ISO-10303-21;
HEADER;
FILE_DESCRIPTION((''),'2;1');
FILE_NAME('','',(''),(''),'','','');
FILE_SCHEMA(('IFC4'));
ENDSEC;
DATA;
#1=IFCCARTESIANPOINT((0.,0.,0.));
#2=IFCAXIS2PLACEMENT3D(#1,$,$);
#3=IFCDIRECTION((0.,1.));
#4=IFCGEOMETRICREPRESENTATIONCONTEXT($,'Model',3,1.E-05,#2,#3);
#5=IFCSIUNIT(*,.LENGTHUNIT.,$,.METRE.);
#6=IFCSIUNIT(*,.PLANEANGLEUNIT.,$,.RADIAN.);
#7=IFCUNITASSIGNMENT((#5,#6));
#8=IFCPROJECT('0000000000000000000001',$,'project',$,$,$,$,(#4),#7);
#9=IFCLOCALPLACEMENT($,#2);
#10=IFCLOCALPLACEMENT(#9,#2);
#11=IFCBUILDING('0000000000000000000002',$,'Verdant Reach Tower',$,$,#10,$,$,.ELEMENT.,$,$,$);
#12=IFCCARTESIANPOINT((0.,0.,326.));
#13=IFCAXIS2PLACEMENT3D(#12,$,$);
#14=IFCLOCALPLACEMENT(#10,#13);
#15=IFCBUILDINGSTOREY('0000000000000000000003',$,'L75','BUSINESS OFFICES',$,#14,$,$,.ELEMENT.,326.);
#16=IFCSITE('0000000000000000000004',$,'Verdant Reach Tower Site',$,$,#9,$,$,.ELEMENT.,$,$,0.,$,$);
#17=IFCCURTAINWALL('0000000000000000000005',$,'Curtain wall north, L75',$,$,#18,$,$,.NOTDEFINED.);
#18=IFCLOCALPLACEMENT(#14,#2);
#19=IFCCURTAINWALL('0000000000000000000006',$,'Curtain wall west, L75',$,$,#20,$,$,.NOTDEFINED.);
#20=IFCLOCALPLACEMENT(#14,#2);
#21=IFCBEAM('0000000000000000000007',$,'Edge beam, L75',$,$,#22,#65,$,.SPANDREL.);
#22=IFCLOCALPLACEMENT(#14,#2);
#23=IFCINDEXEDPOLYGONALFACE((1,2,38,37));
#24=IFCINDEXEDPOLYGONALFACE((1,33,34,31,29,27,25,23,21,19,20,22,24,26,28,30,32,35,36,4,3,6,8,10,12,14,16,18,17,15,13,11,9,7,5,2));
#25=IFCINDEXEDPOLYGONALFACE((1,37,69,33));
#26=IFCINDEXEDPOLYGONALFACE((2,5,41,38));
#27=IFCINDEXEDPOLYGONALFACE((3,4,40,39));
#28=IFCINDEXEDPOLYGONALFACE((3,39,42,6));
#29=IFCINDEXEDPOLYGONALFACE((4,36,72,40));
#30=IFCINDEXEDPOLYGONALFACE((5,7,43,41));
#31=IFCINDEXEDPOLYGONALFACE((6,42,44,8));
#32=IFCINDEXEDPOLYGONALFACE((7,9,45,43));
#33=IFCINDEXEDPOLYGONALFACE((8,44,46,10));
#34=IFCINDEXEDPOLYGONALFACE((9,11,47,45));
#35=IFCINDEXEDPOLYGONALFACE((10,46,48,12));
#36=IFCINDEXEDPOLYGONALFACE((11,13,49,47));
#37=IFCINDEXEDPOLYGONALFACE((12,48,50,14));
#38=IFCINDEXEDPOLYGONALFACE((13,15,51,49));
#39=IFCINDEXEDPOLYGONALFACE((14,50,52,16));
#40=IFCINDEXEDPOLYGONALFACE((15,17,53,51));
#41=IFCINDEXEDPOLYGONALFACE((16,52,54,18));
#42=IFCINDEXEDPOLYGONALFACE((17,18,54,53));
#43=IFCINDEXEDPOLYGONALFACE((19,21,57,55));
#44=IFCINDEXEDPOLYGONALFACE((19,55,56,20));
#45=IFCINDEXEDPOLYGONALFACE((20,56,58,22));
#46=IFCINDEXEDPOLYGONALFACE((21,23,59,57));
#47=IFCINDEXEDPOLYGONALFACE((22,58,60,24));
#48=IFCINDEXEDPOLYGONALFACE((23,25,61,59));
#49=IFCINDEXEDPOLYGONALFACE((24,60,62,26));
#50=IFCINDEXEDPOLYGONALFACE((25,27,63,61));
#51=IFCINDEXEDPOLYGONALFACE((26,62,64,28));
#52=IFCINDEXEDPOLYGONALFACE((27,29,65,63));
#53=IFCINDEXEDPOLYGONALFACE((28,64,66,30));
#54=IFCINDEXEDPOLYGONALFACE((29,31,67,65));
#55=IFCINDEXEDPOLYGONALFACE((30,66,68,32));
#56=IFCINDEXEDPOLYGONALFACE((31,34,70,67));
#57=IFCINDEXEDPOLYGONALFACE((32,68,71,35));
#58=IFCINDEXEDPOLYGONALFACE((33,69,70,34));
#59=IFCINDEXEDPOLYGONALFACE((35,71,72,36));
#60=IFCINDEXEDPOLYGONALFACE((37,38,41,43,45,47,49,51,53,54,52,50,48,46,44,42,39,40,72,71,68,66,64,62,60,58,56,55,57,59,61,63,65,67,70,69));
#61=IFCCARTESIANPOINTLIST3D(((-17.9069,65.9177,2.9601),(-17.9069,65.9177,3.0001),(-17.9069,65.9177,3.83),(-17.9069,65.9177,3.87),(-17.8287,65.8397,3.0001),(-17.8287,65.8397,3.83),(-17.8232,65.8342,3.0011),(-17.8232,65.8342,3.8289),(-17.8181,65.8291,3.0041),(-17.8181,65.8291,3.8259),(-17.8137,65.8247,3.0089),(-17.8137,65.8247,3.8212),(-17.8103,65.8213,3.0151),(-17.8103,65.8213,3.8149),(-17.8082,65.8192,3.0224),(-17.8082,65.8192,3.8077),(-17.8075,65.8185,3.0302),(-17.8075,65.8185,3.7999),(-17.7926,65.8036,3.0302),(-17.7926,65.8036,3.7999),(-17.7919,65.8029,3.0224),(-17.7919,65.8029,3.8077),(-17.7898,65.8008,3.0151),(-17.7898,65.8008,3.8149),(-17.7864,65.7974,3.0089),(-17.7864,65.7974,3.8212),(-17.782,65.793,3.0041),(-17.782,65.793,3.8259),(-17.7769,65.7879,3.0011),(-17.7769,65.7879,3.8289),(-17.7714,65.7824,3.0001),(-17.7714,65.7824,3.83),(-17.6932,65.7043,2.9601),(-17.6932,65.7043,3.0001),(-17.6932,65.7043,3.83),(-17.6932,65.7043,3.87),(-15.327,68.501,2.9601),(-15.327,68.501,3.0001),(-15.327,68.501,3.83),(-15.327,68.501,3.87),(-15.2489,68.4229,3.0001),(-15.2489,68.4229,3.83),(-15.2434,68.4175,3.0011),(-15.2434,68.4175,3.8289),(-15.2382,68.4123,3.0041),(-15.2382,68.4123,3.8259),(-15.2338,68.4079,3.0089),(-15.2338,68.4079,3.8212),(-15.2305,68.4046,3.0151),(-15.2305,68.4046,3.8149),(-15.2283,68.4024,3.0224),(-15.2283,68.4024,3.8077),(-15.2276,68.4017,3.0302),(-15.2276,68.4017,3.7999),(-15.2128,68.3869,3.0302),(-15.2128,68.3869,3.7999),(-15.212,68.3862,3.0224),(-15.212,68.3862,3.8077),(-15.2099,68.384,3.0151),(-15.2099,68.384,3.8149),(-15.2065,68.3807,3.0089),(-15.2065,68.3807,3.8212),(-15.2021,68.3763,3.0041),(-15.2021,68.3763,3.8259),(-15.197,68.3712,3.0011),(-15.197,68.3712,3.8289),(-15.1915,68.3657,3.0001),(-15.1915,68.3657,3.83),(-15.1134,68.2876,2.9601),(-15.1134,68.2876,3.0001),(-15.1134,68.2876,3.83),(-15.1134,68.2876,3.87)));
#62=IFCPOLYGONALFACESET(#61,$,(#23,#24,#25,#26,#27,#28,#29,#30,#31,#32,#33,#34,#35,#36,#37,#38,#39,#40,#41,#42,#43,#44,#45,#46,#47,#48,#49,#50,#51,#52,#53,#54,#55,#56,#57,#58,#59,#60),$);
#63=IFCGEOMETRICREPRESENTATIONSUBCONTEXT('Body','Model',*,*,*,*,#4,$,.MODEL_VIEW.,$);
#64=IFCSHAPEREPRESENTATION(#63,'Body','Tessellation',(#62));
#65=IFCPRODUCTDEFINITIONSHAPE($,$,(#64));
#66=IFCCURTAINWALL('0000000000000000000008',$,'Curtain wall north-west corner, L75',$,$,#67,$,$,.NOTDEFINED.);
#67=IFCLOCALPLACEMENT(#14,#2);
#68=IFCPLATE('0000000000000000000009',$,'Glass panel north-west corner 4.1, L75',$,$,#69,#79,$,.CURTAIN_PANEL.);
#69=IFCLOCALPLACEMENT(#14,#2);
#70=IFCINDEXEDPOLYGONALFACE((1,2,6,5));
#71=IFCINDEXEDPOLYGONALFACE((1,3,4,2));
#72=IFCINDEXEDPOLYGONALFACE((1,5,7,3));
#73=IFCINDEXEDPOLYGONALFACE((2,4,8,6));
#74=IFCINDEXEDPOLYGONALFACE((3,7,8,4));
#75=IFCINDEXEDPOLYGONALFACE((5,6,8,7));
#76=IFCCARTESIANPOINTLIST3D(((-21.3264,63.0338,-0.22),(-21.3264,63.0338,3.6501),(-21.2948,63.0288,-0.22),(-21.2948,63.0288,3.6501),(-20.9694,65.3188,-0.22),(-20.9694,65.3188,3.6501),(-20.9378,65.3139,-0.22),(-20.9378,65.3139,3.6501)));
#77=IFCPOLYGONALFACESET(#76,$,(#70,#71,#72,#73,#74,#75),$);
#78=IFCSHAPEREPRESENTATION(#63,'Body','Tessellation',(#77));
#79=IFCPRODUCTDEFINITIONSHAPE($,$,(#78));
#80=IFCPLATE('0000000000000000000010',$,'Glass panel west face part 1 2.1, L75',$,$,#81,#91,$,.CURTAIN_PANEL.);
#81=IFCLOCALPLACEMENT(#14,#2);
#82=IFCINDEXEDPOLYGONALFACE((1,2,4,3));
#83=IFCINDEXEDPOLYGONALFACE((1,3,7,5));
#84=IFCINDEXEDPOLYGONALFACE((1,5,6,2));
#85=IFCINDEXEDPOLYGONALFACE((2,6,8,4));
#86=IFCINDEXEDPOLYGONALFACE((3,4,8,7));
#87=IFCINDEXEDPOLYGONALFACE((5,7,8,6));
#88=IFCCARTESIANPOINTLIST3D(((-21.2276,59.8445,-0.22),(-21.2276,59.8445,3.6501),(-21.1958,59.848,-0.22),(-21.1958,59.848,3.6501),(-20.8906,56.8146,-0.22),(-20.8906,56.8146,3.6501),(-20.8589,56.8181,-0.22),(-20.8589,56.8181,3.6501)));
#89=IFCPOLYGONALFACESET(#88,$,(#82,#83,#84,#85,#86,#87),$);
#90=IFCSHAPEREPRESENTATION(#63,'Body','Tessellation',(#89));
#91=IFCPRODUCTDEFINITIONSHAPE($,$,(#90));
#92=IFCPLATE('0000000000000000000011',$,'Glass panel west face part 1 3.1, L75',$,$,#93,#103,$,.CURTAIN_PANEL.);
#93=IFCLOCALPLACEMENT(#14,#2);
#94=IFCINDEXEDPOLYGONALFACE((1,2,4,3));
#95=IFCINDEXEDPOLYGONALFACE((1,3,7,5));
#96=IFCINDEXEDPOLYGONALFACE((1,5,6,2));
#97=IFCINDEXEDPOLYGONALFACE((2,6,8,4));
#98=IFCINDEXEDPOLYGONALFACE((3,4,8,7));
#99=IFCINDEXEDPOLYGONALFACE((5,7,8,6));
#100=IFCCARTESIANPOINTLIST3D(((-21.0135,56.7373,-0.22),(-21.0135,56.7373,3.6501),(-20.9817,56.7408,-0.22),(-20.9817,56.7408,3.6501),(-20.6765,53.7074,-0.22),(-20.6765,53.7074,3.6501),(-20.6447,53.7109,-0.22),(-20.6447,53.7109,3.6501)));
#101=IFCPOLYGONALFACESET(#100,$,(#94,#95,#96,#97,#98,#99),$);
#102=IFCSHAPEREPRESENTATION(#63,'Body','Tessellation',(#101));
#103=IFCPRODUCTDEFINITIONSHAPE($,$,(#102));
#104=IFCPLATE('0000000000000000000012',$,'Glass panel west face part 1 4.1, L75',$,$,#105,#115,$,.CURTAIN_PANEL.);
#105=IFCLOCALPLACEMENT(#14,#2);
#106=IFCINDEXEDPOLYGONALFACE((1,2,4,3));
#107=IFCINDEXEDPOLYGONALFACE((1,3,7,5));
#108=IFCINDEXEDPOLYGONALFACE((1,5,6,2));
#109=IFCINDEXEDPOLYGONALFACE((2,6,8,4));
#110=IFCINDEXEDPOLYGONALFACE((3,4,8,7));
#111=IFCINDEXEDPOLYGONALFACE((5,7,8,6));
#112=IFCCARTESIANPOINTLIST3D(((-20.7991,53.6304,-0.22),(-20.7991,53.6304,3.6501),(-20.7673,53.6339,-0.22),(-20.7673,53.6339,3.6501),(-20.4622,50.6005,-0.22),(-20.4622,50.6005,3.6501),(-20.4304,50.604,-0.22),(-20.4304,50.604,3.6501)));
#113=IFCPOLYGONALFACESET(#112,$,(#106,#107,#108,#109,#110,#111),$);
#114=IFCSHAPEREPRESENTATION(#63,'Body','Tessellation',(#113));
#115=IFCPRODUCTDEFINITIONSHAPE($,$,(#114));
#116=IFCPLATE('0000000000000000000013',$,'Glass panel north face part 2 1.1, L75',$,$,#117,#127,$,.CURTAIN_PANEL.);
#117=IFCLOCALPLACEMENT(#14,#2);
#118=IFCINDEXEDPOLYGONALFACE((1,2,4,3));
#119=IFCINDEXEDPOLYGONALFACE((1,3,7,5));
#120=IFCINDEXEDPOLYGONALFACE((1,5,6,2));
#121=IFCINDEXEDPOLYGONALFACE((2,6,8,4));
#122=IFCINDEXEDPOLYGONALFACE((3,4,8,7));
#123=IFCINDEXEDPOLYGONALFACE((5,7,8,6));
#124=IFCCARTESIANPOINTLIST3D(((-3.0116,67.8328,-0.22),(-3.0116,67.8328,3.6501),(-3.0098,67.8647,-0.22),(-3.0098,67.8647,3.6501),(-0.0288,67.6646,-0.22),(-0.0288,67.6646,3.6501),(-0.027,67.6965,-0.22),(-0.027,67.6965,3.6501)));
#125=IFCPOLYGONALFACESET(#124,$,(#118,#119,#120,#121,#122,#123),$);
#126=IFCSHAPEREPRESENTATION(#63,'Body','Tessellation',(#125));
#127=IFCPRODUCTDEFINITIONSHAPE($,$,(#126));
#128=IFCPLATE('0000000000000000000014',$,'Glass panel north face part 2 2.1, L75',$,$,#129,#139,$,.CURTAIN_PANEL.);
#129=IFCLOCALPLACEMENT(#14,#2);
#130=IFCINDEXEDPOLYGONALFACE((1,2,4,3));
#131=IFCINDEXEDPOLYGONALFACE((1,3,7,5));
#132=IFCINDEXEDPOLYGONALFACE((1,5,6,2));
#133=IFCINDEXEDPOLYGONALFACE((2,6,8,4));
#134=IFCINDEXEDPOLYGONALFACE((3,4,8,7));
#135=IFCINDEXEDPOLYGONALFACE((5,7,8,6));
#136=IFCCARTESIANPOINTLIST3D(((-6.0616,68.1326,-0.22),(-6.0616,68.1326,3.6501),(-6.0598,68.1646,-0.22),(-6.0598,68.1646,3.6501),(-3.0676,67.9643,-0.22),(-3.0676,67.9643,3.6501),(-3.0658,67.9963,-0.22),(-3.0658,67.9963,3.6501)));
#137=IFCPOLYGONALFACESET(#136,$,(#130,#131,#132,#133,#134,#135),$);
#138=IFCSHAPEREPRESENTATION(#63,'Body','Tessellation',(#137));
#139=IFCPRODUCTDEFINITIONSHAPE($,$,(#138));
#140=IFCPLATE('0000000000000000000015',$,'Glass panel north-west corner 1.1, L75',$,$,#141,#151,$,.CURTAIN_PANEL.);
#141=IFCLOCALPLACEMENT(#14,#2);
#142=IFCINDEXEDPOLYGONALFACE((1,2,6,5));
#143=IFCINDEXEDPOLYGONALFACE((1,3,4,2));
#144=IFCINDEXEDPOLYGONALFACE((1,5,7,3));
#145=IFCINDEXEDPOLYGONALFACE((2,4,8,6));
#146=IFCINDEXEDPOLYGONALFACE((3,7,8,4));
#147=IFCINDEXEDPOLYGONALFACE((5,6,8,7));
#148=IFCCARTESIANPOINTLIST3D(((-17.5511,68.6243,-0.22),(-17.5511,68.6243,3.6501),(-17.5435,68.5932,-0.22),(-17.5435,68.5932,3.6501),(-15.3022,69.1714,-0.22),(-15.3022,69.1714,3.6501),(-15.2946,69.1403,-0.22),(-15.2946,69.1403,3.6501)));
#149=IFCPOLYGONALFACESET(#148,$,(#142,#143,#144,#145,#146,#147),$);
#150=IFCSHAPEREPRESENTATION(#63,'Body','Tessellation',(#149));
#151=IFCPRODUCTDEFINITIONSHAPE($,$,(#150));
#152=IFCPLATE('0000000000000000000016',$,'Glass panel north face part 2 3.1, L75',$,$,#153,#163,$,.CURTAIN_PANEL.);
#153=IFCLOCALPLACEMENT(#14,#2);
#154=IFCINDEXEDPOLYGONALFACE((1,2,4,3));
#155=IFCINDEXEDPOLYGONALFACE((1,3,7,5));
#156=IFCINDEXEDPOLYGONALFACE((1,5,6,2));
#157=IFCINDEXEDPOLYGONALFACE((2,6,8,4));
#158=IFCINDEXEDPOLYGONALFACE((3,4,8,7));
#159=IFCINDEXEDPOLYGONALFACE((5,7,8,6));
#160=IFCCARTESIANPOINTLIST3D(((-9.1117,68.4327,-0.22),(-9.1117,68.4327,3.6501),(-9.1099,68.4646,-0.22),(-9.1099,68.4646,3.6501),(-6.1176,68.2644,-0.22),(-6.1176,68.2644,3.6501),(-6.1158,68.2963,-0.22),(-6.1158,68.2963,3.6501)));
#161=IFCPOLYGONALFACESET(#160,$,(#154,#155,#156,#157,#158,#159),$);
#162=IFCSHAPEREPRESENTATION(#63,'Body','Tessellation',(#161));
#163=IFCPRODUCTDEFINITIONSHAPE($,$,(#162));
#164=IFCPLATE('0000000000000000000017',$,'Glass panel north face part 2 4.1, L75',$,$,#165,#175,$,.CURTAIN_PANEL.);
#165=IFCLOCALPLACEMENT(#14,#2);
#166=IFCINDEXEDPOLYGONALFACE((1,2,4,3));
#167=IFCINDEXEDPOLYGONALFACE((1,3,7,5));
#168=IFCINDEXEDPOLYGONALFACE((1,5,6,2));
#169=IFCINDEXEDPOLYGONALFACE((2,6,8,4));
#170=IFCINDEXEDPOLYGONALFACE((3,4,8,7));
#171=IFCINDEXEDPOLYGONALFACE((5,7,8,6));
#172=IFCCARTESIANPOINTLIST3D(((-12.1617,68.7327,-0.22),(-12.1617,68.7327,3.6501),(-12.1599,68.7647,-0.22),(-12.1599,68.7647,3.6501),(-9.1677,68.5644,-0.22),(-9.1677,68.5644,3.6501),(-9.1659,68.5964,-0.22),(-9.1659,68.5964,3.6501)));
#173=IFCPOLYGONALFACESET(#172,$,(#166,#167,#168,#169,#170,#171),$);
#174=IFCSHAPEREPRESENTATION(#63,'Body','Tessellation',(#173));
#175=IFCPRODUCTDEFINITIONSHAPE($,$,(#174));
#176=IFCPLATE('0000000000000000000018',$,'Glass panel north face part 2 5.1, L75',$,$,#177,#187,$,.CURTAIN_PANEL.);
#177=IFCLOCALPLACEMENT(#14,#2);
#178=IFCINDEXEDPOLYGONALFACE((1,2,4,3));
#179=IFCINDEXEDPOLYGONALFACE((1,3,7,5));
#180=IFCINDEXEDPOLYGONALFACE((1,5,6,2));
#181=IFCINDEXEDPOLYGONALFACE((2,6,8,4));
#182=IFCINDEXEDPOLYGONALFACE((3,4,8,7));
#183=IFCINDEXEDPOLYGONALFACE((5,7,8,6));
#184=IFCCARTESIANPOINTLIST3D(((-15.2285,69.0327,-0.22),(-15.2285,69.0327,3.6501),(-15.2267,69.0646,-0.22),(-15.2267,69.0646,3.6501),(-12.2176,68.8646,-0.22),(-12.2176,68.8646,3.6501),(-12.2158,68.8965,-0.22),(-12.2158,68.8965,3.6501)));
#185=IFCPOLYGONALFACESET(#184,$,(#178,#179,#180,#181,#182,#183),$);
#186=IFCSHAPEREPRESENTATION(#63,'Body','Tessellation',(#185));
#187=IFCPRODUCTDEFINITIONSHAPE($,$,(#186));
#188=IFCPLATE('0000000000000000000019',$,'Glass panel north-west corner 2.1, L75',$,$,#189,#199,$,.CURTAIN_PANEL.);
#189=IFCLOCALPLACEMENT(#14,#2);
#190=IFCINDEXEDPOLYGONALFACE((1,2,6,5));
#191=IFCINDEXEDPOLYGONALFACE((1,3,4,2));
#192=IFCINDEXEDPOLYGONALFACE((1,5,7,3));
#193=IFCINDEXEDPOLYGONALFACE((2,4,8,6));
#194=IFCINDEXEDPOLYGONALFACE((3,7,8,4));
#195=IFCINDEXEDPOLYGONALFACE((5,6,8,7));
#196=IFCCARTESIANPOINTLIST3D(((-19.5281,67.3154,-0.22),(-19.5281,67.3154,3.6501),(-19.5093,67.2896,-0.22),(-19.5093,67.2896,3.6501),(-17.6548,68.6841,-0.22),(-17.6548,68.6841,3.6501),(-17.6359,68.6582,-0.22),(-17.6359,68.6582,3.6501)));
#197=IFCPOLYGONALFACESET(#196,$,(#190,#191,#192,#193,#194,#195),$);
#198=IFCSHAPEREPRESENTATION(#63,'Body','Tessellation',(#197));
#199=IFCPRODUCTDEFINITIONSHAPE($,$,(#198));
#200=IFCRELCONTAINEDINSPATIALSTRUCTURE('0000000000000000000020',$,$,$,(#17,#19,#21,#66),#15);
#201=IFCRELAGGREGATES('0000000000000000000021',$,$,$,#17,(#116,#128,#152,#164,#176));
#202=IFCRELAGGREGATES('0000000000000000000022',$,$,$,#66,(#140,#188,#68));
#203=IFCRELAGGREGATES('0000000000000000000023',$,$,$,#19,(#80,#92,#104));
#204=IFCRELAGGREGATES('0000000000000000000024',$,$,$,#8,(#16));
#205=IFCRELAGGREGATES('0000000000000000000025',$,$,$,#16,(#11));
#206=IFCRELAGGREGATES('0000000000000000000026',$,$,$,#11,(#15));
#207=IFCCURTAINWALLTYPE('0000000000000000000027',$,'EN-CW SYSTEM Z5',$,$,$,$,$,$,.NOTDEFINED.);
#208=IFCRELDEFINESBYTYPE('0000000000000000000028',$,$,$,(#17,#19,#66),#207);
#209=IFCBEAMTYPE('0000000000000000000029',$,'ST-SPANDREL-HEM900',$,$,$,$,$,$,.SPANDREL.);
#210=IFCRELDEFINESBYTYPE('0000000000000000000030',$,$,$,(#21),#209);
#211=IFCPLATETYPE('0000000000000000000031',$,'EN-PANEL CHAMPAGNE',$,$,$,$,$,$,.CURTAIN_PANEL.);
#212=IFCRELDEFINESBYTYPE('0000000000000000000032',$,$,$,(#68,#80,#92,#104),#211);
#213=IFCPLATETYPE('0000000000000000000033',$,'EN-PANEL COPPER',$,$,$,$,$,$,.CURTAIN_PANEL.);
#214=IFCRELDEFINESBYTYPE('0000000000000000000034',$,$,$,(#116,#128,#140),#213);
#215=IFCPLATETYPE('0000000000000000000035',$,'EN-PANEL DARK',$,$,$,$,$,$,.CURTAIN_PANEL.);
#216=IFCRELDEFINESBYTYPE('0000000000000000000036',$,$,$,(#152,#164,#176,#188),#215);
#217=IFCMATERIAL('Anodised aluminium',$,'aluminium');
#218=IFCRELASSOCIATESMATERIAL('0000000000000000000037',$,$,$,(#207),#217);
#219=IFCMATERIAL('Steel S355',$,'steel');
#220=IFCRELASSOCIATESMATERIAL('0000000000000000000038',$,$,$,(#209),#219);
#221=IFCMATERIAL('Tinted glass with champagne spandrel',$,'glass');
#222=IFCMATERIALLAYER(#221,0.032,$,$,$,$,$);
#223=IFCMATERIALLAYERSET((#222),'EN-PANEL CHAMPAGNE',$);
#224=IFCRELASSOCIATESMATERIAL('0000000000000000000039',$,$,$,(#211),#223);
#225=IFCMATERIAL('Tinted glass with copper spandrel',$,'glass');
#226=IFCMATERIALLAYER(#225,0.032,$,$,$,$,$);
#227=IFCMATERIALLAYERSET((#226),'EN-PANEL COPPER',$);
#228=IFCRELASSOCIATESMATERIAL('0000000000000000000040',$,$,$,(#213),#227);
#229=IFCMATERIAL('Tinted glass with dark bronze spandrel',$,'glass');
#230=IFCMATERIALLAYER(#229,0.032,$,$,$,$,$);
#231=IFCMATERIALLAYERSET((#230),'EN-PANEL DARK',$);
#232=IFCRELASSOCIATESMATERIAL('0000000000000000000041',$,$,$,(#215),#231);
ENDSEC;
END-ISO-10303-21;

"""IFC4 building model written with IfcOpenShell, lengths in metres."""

from ifc_helpers import new_model, si_unit, direction, frame, origin, origin_2d, place, context, subcontext, project, spatial, rectangle, i_section, extrude, material, layer, layer_set, material_profile, profile_set, type_object, element, aggregate, save


model = new_model("IFC4")

# Units and contexts
model_context = context("Model", 3, precision=1e-05, world=origin(), true_north=direction((0.0, 1.0)))
body_context = subcontext(model_context, "Body", "Model", "MODEL_VIEW")
ifc_project = project(units=[si_unit("LENGTHUNIT", "METRE"), si_unit("PLANEANGLEUNIT", "RADIAN")], contexts=[model_context])

# Site, building, storey
site_placement = place(None, origin())
site = spatial("IfcSite", under=ifc_project, at=site_placement, Name="Verdant Reach Tower Site", CompositionType="ELEMENT", RefElevation=0.0)
building_placement = place(site_placement, origin())
building = spatial("IfcBuilding", under=site, at=building_placement, Name="Verdant Reach Tower", CompositionType="ELEMENT")
storey_placement = place(building_placement, frame((0.0, 0.0, 326.0)))
storey = spatial("IfcBuildingStorey", under=building, at=storey_placement, Name="L75", Description="BUSINESS OFFICES", CompositionType="ELEMENT", Elevation=326.0)

# Curtain walls
ifc_material_1 = material(Name="Anodised aluminium", Category="aluminium")
curtain_wall_type = type_object("IfcCurtainWallType", Name="EN-CW SYSTEM Z5", PredefinedType="NOTDEFINED", material=ifc_material_1)
curtain_wall_1_placement = place(storey_placement, origin())
curtain_wall_1 = element("IfcCurtainWall", 1, at=curtain_wall_1_placement, inside=storey, type_object=curtain_wall_type, Name="Curtain wall north, L75", PredefinedType="NOTDEFINED")
curtain_wall_2_placement = place(storey_placement, origin())
curtain_wall_2 = element("IfcCurtainWall", 2, at=curtain_wall_2_placement, inside=storey, type_object=curtain_wall_type, Name="Curtain wall west, L75", PredefinedType="NOTDEFINED")

# Beam
ifc_material_2 = material(Name="Steel S355", Category="steel")
ifc_material_profile_1 = material_profile(ifc_material_2, i_section(OverallWidth=0.302, OverallDepth=0.9099, WebThickness=0.021, FlangeThickness=0.04, FilletRadius=0.03, at=origin_2d()), Name="HEM 900")
ifc_profile_set_1 = profile_set([ifc_material_profile_1], Name="Steel S355")
beam_type_1 = type_object("IfcBeamType", Name="ST-SPANDREL-HEM900", PredefinedType="SPANDREL", material=ifc_profile_set_1)
beam_1_placement = place(storey_placement, frame((-17.8, 65.811, 3.415), z_axis=(0.706639, 0.707575, 0.0), x_axis=(-0.707575, 0.706639, 0.0)))
element("IfcBeam", 3, at=beam_1_placement, inside=storey, type_object=beam_type_1, Name="Edge beam, L75", PredefinedType="SPANDREL", context=body_context, shape_type="SweptSolid", body=[
    extrude(i_section(OverallWidth=0.302, OverallDepth=0.9099, WebThickness=0.021, FlangeThickness=0.04, FilletRadius=0.03, at=origin_2d()), origin(), (0.0, 0.0, 1.0), 3.6509),
])

# Curtain wall, plate
curtain_wall_3_placement = place(storey_placement, origin())
curtain_wall_3 = element("IfcCurtainWall", 4, at=curtain_wall_3_placement, inside=storey, type_object=curtain_wall_type, Name="Curtain wall north-west corner, L75", PredefinedType="NOTDEFINED")
ifc_material_3 = material(Name="Tinted glass with champagne spandrel", Category="glass")
ifc_layer_1 = layer(ifc_material_3, 0.032)
ifc_layer_set_1 = layer_set([ifc_layer_1], Name="EN-PANEL CHAMPAGNE")
plate_type_1 = type_object("IfcPlateType", Name="EN-PANEL CHAMPAGNE", PredefinedType="CURTAIN_PANEL", material=ifc_layer_set_1)
plate_1_placement = place(storey_placement, frame((-21.1321, 64.1738, -0.22), z_axis=(0.0, 0.0, 1.0), x_axis=(-0.154337, -0.988018, 0.0)))
plate_1 = element("IfcPlate", 5, at=plate_1_placement, type_object=plate_type_1, Name="Glass panel north-west corner 4.1, L75", PredefinedType="CURTAIN_PANEL", context=body_context, shape_type="SweptSolid", body=[
    extrude(rectangle(XDim=2.3127, YDim=0.032, at=origin_2d()), origin(), (0.0, 0.0, 1.0), 3.8701),
])

# Plates
plate_2_placement = place(storey_placement, frame((-21.0432, 58.3313, -0.22), z_axis=(0.0, 0.0, 1.0), x_axis=(0.110518, -0.993874, 0.0)))
plate_2 = element("IfcPlate", 6, at=plate_2_placement, type_object=plate_type_1, Name="Glass panel west face part 1 2.1, L75", PredefinedType="CURTAIN_PANEL", context=body_context, shape_type="SweptSolid", body=[
    extrude(rectangle(XDim=3.0486, YDim=0.032, at=origin_2d()), origin(), (0.0, 0.0, 1.0), 3.8701),
])
plate_3_placement = place(storey_placement, frame((-20.8291, 55.2241, -0.22), z_axis=(0.0, 0.0, 1.0), x_axis=(0.110518, -0.993874, 0.0)))
plate_3 = element("IfcPlate", 7, at=plate_3_placement, type_object=plate_type_1, Name="Glass panel west face part 1 3.1, L75", PredefinedType="CURTAIN_PANEL", context=body_context, shape_type="SweptSolid", body=[
    extrude(rectangle(XDim=3.0486, YDim=0.032, at=origin_2d()), origin(), (0.0, 0.0, 1.0), 3.8701),
])
plate_4_placement = place(storey_placement, frame((-20.6147, 52.1172, -0.22), z_axis=(0.0, 0.0, 1.0), x_axis=(0.110518, -0.993874, 0.0)))
plate_4 = element("IfcPlate", 8, at=plate_4_placement, type_object=plate_type_1, Name="Glass panel west face part 1 4.1, L75", PredefinedType="CURTAIN_PANEL", context=body_context, shape_type="SweptSolid", body=[
    extrude(rectangle(XDim=3.0486, YDim=0.032, at=origin_2d()), origin(), (0.0, 0.0, 1.0), 3.8701),
])
ifc_material_4 = material(Name="Tinted glass with copper spandrel", Category="glass")
ifc_layer_2 = layer(ifc_material_4, 0.032)
ifc_layer_set_2 = layer_set([ifc_layer_2], Name="EN-PANEL COPPER")
plate_type_2 = type_object("IfcPlateType", Name="EN-PANEL COPPER", PredefinedType="CURTAIN_PANEL", material=ifc_layer_set_2)
plate_5_placement = place(storey_placement, frame((-1.5193, 67.7646, -0.22), z_axis=(0.0, 0.0, 1.0), x_axis=(-0.998413, 0.056308, 0.0)))
plate_5 = element("IfcPlate", 9, at=plate_5_placement, type_object=plate_type_2, Name="Glass panel north face part 2 1.1, L75", PredefinedType="CURTAIN_PANEL", context=body_context, shape_type="SweptSolid", body=[
    extrude(rectangle(XDim=2.9875, YDim=0.032, at=origin_2d()), origin(), (0.0, 0.0, 1.0), 3.8701),
])
plate_6_placement = place(storey_placement, frame((-4.5637, 68.0645, -0.22), z_axis=(0.0, 0.0, 1.0), x_axis=(-0.998424, 0.056128, 0.0)))
plate_6 = element("IfcPlate", 10, at=plate_6_placement, type_object=plate_type_2, Name="Glass panel north face part 2 2.1, L75", PredefinedType="CURTAIN_PANEL", context=body_context, shape_type="SweptSolid", body=[
    extrude(rectangle(XDim=2.9988, YDim=0.032, at=origin_2d()), origin(), (0.0, 0.0, 1.0), 3.8701),
])
plate_7_placement = place(storey_placement, frame((-16.4229, 68.8823, -0.22), z_axis=(0.0, 0.0, 1.0), x_axis=(-0.971662, -0.236376, 0.0)))
plate_7 = element("IfcPlate", 11, at=plate_7_placement, type_object=plate_type_2, Name="Glass panel north-west corner 1.1, L75", PredefinedType="CURTAIN_PANEL", context=body_context, shape_type="SweptSolid", body=[
    extrude(rectangle(XDim=2.3145, YDim=0.032, at=origin_2d()), origin(), (0.0, 0.0, 1.0), 3.8701),
])
ifc_material_5 = material(Name="Tinted glass with dark bronze spandrel", Category="glass")
ifc_layer_3 = layer(ifc_material_5, 0.032)
ifc_layer_set_3 = layer_set([ifc_layer_3], Name="EN-PANEL DARK")
plate_type_3 = type_object("IfcPlateType", Name="EN-PANEL DARK", PredefinedType="CURTAIN_PANEL", material=ifc_layer_set_3)
plate_8_placement = place(storey_placement, frame((-7.6138, 68.3645, -0.22), z_axis=(0.0, 0.0, 1.0), x_axis=(-0.998424, 0.056128, 0.0)))
plate_8 = element("IfcPlate", 12, at=plate_8_placement, type_object=plate_type_3, Name="Glass panel north face part 2 3.1, L75", PredefinedType="CURTAIN_PANEL", context=body_context, shape_type="SweptSolid", body=[
    extrude(rectangle(XDim=2.9988, YDim=0.032, at=origin_2d()), origin(), (0.0, 0.0, 1.0), 3.8701),
])
plate_9_placement = place(storey_placement, frame((-10.6638, 68.6646, -0.22), z_axis=(0.0, 0.0, 1.0), x_axis=(-0.998424, 0.056128, 0.0)))
plate_9 = element("IfcPlate", 13, at=plate_9_placement, type_object=plate_type_3, Name="Glass panel north face part 2 4.1, L75", PredefinedType="CURTAIN_PANEL", context=body_context, shape_type="SweptSolid", body=[
    extrude(rectangle(XDim=2.9988, YDim=0.032, at=origin_2d()), origin(), (0.0, 0.0, 1.0), 3.8701),
])
plate_10_placement = place(storey_placement, frame((-13.7222, 68.9646, -0.22), z_axis=(0.0, 0.0, 1.0), x_axis=(-0.998446, 0.055725, 0.0)))
plate_10 = element("IfcPlate", 14, at=plate_10_placement, type_object=plate_type_3, Name="Glass panel north face part 2 5.1, L75", PredefinedType="CURTAIN_PANEL", context=body_context, shape_type="SweptSolid", body=[
    extrude(rectangle(XDim=3.0156, YDim=0.032, at=origin_2d()), origin(), (0.0, 0.0, 1.0), 3.8701),
])
aggregate(curtain_wall_1, [plate_5, plate_6, plate_8, plate_9, plate_10])
plate_11_placement = place(storey_placement, frame((-18.582, 67.9868, -0.22), z_axis=(0.0, 0.0, 1.0), x_axis=(-0.807457, -0.589927, 0.0)))
plate_11 = element("IfcPlate", 15, at=plate_11_placement, type_object=plate_type_3, Name="Glass panel north-west corner 2.1, L75", PredefinedType="CURTAIN_PANEL", context=body_context, shape_type="SweptSolid", body=[
    extrude(rectangle(XDim=2.3201, YDim=0.032, at=origin_2d()), origin(), (0.0, 0.0, 1.0), 3.8701),
])
aggregate(curtain_wall_3, [plate_7, plate_11, plate_1])
aggregate(curtain_wall_2, [plate_2, plate_3, plate_4])

save(model, "model.ifc")
